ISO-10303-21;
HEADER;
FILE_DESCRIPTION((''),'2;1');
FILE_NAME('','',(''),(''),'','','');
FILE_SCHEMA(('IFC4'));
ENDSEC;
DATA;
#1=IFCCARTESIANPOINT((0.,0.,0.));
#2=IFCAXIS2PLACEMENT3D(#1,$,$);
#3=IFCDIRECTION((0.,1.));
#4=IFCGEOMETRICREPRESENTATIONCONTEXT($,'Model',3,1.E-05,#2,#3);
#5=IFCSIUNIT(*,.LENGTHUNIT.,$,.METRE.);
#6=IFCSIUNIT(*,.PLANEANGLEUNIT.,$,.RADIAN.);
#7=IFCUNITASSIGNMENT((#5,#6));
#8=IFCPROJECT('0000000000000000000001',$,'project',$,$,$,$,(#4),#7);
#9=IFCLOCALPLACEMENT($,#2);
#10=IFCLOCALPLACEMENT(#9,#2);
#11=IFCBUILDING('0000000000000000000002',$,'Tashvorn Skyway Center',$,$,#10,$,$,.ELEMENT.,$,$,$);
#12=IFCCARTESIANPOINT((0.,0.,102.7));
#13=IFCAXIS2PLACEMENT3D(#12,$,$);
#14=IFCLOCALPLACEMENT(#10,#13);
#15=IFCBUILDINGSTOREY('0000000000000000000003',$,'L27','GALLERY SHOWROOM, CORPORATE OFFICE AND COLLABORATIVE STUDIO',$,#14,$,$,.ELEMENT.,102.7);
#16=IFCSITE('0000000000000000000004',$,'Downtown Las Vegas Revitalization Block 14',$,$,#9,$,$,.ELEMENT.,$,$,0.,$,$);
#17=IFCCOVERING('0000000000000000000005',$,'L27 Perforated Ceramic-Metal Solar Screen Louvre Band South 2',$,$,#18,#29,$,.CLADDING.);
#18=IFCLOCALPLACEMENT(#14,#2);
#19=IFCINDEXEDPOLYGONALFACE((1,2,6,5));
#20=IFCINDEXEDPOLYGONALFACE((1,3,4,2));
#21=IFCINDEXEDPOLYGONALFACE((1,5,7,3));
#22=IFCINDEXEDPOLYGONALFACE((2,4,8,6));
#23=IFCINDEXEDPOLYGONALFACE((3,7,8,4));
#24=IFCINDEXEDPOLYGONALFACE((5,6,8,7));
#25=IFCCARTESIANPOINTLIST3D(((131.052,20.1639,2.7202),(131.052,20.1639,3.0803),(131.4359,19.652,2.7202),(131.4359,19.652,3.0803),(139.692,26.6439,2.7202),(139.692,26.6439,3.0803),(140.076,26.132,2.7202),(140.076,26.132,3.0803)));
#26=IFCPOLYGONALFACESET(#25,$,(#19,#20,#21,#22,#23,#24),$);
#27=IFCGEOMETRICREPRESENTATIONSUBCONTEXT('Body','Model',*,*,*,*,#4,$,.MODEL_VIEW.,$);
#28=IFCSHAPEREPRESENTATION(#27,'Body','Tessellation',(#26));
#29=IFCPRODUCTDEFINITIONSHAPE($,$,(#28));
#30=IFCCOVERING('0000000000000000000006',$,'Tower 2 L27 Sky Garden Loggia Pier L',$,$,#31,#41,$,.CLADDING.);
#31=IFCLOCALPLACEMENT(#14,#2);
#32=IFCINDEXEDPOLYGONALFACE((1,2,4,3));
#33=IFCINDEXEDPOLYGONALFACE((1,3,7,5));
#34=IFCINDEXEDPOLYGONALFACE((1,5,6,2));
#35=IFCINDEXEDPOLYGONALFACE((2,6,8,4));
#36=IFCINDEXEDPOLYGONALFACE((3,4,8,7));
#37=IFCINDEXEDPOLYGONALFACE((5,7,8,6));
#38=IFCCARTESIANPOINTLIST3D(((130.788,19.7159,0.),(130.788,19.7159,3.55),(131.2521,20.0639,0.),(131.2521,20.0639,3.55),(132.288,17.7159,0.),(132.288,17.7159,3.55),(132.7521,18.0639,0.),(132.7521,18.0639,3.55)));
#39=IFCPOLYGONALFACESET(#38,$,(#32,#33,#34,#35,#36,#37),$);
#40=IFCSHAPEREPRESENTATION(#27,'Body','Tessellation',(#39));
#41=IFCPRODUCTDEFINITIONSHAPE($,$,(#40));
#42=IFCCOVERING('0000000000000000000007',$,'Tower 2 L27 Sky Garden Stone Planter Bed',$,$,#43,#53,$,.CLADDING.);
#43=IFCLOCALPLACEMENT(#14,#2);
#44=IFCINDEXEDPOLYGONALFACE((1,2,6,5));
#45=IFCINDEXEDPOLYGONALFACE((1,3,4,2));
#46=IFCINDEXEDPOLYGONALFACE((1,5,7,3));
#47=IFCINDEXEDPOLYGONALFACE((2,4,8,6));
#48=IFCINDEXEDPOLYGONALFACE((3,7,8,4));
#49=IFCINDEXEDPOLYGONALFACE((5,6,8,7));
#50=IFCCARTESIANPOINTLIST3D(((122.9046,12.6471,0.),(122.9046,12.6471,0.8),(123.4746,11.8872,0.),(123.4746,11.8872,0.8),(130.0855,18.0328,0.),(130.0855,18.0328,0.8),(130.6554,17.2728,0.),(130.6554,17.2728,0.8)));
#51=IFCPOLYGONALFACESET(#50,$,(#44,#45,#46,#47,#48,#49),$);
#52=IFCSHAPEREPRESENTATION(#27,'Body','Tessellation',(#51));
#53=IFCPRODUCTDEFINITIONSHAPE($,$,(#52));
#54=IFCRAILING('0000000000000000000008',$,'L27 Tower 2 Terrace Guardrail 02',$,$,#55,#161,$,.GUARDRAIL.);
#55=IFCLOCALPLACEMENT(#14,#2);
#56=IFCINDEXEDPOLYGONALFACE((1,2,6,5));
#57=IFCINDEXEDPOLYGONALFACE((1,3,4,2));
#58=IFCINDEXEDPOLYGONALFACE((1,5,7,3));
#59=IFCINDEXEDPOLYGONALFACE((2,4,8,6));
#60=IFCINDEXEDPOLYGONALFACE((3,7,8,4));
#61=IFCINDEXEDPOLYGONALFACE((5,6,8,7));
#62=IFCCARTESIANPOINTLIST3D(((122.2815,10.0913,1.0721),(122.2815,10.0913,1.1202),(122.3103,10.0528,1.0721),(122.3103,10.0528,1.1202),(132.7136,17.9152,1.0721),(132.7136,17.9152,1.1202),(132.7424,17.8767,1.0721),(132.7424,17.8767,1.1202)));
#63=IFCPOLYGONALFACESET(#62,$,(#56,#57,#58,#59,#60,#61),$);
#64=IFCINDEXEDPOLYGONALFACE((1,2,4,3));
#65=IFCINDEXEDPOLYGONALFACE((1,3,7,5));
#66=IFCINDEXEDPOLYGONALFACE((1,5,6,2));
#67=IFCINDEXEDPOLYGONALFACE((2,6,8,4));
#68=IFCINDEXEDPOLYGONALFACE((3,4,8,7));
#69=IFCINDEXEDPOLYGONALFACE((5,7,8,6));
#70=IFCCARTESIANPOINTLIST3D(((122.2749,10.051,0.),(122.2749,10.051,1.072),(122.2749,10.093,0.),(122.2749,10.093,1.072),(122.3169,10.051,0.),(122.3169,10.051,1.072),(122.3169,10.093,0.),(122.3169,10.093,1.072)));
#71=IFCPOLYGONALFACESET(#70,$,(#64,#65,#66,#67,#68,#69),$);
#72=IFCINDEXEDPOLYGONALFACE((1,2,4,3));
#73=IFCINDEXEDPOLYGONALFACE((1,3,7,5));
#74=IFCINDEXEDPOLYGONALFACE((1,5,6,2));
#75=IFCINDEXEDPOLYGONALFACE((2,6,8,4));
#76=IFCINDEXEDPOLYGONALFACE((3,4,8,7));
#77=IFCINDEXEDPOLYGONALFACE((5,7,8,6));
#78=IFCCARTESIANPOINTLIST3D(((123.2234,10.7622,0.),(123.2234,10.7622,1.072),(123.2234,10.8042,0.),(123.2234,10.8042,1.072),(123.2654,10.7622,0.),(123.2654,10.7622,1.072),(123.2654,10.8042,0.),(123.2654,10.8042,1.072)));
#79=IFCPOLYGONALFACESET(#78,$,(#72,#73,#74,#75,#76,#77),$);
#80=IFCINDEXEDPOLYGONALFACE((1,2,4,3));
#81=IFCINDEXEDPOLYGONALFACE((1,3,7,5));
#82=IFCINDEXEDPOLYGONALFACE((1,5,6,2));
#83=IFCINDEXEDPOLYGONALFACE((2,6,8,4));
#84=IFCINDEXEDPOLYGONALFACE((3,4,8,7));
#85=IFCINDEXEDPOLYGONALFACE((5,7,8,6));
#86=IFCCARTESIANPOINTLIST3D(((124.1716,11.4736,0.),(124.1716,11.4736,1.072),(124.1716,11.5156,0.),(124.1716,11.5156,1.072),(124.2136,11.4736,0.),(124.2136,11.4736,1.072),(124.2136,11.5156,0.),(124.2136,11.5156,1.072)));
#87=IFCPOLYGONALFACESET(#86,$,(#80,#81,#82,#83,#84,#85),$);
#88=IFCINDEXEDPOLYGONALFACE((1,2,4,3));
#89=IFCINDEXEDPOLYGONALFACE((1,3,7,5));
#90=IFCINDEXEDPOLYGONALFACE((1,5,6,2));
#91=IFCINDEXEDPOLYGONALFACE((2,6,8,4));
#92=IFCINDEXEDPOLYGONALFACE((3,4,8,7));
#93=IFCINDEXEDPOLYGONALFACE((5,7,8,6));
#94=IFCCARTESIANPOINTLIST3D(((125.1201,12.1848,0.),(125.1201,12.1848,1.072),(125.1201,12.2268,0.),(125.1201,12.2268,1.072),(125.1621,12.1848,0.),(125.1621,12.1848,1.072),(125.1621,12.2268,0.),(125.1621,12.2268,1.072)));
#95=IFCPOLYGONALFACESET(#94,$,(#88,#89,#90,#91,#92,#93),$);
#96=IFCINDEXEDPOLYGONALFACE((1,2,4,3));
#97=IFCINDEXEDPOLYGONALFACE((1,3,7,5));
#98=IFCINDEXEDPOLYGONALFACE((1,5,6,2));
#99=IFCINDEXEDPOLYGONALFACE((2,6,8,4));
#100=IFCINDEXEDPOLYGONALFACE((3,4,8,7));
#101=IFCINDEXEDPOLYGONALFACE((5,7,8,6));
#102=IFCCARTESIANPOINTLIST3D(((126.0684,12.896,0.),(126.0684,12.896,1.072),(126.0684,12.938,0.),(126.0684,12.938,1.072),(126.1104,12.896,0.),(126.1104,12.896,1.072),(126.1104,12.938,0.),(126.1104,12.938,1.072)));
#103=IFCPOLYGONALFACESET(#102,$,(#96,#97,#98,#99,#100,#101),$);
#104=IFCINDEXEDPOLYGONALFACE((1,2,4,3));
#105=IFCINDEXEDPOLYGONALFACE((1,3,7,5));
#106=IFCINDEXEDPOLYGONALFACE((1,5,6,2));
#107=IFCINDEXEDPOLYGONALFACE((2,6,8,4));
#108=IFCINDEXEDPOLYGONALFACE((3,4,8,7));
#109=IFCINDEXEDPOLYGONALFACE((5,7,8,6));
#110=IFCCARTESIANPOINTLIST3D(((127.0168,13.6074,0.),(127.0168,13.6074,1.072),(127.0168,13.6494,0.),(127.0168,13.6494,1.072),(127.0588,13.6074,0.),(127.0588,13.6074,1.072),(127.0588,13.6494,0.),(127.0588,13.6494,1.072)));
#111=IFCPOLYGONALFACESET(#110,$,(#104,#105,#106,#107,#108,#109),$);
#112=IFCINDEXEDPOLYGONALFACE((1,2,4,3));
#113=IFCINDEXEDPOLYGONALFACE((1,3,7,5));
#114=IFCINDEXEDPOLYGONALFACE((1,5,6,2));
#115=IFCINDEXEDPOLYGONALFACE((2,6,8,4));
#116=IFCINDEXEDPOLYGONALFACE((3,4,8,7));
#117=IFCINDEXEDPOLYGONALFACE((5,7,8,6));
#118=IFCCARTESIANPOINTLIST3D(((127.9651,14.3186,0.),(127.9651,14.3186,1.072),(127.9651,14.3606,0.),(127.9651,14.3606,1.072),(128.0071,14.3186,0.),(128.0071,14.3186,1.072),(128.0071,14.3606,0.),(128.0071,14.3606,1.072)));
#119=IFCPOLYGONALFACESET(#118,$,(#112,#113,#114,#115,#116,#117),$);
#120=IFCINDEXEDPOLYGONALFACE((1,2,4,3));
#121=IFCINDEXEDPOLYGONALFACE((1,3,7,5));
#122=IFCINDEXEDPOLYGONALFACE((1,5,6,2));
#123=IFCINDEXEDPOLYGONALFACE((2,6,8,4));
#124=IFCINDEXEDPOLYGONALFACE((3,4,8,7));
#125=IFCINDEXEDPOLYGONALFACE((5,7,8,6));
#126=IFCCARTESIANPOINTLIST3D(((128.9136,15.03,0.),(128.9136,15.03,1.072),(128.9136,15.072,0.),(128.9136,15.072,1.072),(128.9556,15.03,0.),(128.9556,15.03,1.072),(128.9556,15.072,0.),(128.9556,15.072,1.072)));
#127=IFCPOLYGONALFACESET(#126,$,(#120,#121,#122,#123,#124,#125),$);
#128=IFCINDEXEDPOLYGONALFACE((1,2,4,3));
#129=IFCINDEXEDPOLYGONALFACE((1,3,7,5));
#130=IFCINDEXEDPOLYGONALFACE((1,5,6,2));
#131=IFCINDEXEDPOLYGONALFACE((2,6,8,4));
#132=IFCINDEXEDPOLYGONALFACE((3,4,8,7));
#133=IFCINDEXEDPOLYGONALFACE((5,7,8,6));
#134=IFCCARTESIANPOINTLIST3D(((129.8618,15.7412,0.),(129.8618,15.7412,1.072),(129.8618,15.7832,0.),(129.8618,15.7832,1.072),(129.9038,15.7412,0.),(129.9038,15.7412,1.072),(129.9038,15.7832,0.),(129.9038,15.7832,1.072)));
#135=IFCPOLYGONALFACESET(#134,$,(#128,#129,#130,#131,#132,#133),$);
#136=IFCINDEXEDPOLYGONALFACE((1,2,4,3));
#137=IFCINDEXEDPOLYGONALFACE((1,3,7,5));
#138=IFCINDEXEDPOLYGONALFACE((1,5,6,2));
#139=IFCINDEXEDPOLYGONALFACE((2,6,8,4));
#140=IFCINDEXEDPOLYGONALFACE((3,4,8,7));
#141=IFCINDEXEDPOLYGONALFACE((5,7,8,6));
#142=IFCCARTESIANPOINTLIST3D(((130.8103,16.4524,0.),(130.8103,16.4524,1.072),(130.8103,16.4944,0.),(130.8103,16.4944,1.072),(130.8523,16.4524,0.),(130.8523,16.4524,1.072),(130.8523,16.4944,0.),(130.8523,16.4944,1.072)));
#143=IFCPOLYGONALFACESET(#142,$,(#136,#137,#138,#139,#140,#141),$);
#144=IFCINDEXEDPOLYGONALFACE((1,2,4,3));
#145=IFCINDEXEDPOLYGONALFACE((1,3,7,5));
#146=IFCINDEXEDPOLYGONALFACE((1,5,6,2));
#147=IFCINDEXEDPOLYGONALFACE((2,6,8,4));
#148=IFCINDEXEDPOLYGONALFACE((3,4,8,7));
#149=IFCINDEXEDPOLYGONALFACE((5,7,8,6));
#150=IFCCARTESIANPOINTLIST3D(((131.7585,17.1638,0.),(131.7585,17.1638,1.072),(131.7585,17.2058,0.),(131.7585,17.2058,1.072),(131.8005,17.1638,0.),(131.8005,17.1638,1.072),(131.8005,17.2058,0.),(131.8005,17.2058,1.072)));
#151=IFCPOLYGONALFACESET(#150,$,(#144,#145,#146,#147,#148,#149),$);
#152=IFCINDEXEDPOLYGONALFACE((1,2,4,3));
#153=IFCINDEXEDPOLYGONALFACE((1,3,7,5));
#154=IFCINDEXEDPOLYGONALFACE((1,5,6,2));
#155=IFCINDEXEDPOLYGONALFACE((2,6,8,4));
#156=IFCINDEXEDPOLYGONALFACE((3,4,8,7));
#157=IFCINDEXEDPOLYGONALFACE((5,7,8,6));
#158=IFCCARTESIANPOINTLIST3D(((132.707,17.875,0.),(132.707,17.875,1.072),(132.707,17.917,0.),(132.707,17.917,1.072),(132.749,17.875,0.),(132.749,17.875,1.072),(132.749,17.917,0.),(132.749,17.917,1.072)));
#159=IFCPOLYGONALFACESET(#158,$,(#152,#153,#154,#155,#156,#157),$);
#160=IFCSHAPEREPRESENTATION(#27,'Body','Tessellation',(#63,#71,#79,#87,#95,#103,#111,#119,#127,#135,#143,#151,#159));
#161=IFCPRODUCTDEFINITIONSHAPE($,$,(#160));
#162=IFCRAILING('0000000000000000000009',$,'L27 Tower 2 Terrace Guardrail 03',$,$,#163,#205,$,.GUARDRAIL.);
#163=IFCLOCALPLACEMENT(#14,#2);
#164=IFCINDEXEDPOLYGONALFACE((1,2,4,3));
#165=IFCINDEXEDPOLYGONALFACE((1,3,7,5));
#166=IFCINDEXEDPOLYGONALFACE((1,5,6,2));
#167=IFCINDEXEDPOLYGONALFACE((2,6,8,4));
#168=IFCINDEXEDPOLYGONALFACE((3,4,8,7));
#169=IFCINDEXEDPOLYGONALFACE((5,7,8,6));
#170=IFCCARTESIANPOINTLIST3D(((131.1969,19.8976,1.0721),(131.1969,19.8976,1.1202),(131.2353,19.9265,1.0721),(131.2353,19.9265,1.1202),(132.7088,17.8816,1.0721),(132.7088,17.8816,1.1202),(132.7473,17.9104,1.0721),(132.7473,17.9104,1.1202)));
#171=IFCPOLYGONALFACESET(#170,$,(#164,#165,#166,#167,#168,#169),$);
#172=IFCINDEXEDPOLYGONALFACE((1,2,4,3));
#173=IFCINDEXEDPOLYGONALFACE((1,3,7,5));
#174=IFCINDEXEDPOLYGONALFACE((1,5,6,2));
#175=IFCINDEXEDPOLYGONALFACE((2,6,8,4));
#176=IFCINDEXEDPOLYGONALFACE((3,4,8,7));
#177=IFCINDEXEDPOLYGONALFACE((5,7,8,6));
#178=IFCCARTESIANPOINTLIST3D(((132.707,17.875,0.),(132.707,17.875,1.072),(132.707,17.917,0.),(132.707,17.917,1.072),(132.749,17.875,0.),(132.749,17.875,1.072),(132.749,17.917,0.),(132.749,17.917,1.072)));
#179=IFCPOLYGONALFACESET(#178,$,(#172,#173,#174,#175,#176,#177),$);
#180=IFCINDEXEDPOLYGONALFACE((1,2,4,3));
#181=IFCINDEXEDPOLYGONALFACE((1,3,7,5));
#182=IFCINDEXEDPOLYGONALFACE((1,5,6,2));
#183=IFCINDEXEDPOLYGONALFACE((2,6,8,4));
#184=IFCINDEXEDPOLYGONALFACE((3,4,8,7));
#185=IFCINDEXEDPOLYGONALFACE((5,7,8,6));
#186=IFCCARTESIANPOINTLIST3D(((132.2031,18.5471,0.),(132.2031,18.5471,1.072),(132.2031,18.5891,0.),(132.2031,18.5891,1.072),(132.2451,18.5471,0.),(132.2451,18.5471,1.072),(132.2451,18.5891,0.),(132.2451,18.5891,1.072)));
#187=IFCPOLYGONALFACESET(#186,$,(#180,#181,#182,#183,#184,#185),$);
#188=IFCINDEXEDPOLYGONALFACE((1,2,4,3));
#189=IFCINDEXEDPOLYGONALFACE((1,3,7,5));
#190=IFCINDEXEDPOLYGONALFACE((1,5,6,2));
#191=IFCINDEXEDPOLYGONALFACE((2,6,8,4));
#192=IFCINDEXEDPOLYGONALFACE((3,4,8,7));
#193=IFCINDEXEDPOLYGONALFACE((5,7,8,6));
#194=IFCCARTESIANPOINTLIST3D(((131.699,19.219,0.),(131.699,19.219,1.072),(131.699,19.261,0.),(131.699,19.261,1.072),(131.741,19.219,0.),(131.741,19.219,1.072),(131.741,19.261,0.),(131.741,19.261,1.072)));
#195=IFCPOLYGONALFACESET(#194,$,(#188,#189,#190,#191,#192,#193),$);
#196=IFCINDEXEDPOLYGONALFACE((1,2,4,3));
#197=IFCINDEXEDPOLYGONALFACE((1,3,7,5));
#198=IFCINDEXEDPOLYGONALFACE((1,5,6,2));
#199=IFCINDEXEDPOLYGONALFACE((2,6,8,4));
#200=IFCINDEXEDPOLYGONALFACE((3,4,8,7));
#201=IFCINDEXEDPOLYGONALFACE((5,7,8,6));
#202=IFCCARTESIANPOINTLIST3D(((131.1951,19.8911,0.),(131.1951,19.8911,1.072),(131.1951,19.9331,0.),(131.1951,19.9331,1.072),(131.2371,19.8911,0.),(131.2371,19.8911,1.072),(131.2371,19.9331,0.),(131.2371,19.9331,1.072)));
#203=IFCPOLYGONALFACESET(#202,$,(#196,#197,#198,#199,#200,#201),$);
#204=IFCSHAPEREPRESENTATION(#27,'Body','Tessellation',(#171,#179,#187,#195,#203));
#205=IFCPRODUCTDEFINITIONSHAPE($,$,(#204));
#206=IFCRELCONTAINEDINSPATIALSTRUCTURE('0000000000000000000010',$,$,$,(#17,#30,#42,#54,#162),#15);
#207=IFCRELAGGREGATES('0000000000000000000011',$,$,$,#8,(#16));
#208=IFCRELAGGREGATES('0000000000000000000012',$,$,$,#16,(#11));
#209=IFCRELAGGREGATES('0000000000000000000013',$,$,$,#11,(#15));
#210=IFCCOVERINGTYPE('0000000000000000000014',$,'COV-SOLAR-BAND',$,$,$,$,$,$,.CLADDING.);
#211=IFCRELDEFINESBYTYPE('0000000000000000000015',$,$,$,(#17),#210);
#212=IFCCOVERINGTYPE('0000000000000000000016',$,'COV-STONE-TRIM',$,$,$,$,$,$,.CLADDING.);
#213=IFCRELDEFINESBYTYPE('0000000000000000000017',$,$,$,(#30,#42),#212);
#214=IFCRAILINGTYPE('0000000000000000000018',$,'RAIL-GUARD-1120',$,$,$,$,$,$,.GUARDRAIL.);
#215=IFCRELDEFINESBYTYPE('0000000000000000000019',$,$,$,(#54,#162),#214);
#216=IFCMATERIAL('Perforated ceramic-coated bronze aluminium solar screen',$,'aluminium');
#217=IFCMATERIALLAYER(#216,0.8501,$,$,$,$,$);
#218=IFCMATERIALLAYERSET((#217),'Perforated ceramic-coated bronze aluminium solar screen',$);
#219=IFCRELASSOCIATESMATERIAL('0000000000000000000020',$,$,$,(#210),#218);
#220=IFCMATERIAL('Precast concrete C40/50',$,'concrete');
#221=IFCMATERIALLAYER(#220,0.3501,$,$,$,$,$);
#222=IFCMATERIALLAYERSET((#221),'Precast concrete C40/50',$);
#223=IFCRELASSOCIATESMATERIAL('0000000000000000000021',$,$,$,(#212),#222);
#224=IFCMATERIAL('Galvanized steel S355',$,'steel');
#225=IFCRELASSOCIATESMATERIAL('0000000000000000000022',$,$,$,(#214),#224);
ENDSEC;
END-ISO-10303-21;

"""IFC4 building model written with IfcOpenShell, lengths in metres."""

from ifc_helpers import new_model, si_unit, direction, frame, origin, origin_2d, place, context, subcontext, project, spatial, rectangle, extrude, material, layer, layer_set, type_object, element, save


model = new_model("IFC4")

# Units and contexts
model_context = context("Model", 3, precision=1e-05, world=origin(), true_north=direction((0.0, 1.0)))
body_context = subcontext(model_context, "Body", "Model", "MODEL_VIEW")
ifc_project = project(units=[si_unit("LENGTHUNIT", "METRE"), si_unit("PLANEANGLEUNIT", "RADIAN")], contexts=[model_context])

# Site, building, storey
site_placement = place(None, origin())
site = spatial("IfcSite", under=ifc_project, at=site_placement, Name="Downtown Las Vegas Revitalization Block 14", CompositionType="ELEMENT", RefElevation=0.0)
building_placement = place(site_placement, origin())
building = spatial("IfcBuilding", under=site, at=building_placement, Name="Tashvorn Skyway Center", CompositionType="ELEMENT")
storey_placement = place(building_placement, frame((0.0, 0.0, 102.7)))
storey = spatial("IfcBuildingStorey", under=building, at=storey_placement, Name="L27", Description="GALLERY SHOWROOM, CORPORATE OFFICE AND COLLABORATIVE STUDIO", CompositionType="ELEMENT", Elevation=102.7)

# Shared definitions
ifc_material_1 = material(Name="Precast concrete C40/50", Category="concrete")

# Coverings
ifc_material_2 = material(Name="Perforated ceramic-coated bronze aluminium solar screen", Category="aluminium")
ifc_layer_1 = layer(ifc_material_2, 0.8501)
ifc_layer_set_1 = layer_set([ifc_layer_1], Name="Perforated ceramic-coated bronze aluminium solar screen")
covering_type_1 = type_object("IfcCoveringType", Name="COV-SOLAR-BAND", PredefinedType="CLADDING", material=ifc_layer_set_1)
for number, where, z_axis, x_axis, name in (
    (1, (135.564, 23.1479, 2.7202), (0.0, 0.0, 1.0), (-0.8, -0.6, 0.0), "L27 Perforated Ceramic-Metal Solar Screen Louvre Band South 2"),
):
    element("IfcCovering", number, at=place(storey_placement, frame(where, z_axis=z_axis, x_axis=x_axis)), inside=storey, type_object=covering_type_1, Name=name, PredefinedType="CLADDING", context=body_context, shape_type="SweptSolid", body=[
        extrude(rectangle(XDim=10.8, YDim=0.6399, at=origin_2d()), origin(), (0.0, 0.0, 1.0), 0.3601),
    ])
ifc_layer_2 = layer(ifc_material_1, 0.3501)
ifc_layer_set_2 = layer_set([ifc_layer_2], Name="Precast concrete C40/50")
covering_type_2 = type_object("IfcCoveringType", Name="COV-STONE-TRIM", PredefinedType="CLADDING", material=ifc_layer_set_2)
covering_1_placement = place(storey_placement, frame((131.77, 18.8899, 0.0), z_axis=(0.0, 0.0, 1.0), x_axis=(-0.8, -0.6, 0.0)))
element("IfcCovering", 2, at=covering_1_placement, inside=storey, type_object=covering_type_2, Name="Tower 2 L27 Sky Garden Loggia Pier L", PredefinedType="CLADDING", context=body_context, shape_type="SweptSolid", body=[
    extrude(rectangle(XDim=0.5801, YDim=2.5, at=origin_2d()), origin(), (0.0, 0.0, 1.0), 3.55),
])
covering_2_placement = place(storey_placement, frame((126.78, 14.96, 0.0), z_axis=(0.0, 0.0, 1.0), x_axis=(-0.8, -0.6, 0.0)))
element("IfcCovering", 3, at=covering_2_placement, inside=storey, type_object=covering_type_2, Name="Tower 2 L27 Sky Garden Stone Planter Bed", PredefinedType="CLADDING", context=body_context, shape_type="SweptSolid", body=[
    extrude(rectangle(XDim=8.9761, YDim=0.95, at=origin_2d()), origin(), (0.0, 0.0, 1.0), 0.8),
])

# Railings
ifc_material_3 = material(Name="Galvanized steel S355", Category="steel")
railing_type = type_object("IfcRailingType", Name="RAIL-GUARD-1120", PredefinedType="GUARDRAIL", material=ifc_material_3)
railing_1_placement = place(storey_placement, frame((122.2959, 10.072, 0.0)))
element("IfcRailing", 4, at=railing_1_placement, inside=storey, type_object=railing_type, Name="L27 Tower 2 Terrace Guardrail 02", PredefinedType="GUARDRAIL", context=body_context, shape_type="SweptSolid", body=[
    extrude(rectangle(XDim=0.0481, YDim=0.0481, at=origin_2d()), frame((0.0, 0.0, 1.0962), z_axis=(0.800004, 0.599994, 0.0), x_axis=(-0.599994, 0.800004, 0.0)), (0.0, 0.0, 1.0), 13.04),
    extrude(rectangle(XDim=0.042, YDim=0.042, at=origin_2d()), origin(), (0.0, 0.0, 1.0), 1.072),
    extrude(rectangle(XDim=0.042, YDim=0.042, at=origin_2d()), frame((0.9485, 0.7112, 0.0)), (0.0, 0.0, 1.0), 1.072),
    extrude(rectangle(XDim=0.042, YDim=0.042, at=origin_2d()), frame((1.8967, 1.4226, 0.0)), (0.0, 0.0, 1.0), 1.072),
    extrude(rectangle(XDim=0.042, YDim=0.042, at=origin_2d()), frame((2.8452, 2.1338, 0.0)), (0.0, 0.0, 1.0), 1.072),
    extrude(rectangle(XDim=0.042, YDim=0.042, at=origin_2d()), frame((3.7935, 2.845, 0.0)), (0.0, 0.0, 1.0), 1.072),
    extrude(rectangle(XDim=0.042, YDim=0.042, at=origin_2d()), frame((4.7419, 3.5564, 0.0)), (0.0, 0.0, 1.0), 1.072),
    extrude(rectangle(XDim=0.042, YDim=0.042, at=origin_2d()), frame((5.6902, 4.2676, 0.0)), (0.0, 0.0, 1.0), 1.072),
    extrude(rectangle(XDim=0.042, YDim=0.042, at=origin_2d()), frame((6.6387, 4.979, 0.0)), (0.0, 0.0, 1.0), 1.072),
    extrude(rectangle(XDim=0.042, YDim=0.042, at=origin_2d()), frame((7.5869, 5.6902, 0.0)), (0.0, 0.0, 1.0), 1.072),
    extrude(rectangle(XDim=0.042, YDim=0.042, at=origin_2d()), frame((8.5354, 6.4014, 0.0)), (0.0, 0.0, 1.0), 1.072),
    extrude(rectangle(XDim=0.042, YDim=0.042, at=origin_2d()), frame((9.4836, 7.1128, 0.0)), (0.0, 0.0, 1.0), 1.072),
    extrude(rectangle(XDim=0.042, YDim=0.042, at=origin_2d()), frame((10.4321, 7.824, 0.0)), (0.0, 0.0, 1.0), 1.072),
])
railing_2_placement = place(storey_placement, frame((132.728, 17.896, 0.0)))
element("IfcRailing", 5, at=railing_2_placement, inside=storey, type_object=railing_type, Name="L27 Tower 2 Terrace Guardrail 03", PredefinedType="GUARDRAIL", context=body_context, shape_type="SweptSolid", body=[
    extrude(rectangle(XDim=0.0481, YDim=0.0481, at=origin_2d()), frame((0.0, 0.0, 1.0962), z_axis=(-0.599969, 0.800023, 0.0), x_axis=(-0.800023, -0.599969, 0.0)), (0.0, 0.0, 1.0), 2.52),
    extrude(rectangle(XDim=0.042, YDim=0.042, at=origin_2d()), origin(), (0.0, 0.0, 1.0), 1.072),
    extrude(rectangle(XDim=0.042, YDim=0.042, at=origin_2d()), frame((-0.5039, 0.6721, 0.0)), (0.0, 0.0, 1.0), 1.072),
    extrude(rectangle(XDim=0.042, YDim=0.042, at=origin_2d()), frame((-1.0081, 1.344, 0.0)), (0.0, 0.0, 1.0), 1.072),
    extrude(rectangle(XDim=0.042, YDim=0.042, at=origin_2d()), frame((-1.512, 2.0161, 0.0)), (0.0, 0.0, 1.0), 1.072),
])

save(model, "model.ifc")
